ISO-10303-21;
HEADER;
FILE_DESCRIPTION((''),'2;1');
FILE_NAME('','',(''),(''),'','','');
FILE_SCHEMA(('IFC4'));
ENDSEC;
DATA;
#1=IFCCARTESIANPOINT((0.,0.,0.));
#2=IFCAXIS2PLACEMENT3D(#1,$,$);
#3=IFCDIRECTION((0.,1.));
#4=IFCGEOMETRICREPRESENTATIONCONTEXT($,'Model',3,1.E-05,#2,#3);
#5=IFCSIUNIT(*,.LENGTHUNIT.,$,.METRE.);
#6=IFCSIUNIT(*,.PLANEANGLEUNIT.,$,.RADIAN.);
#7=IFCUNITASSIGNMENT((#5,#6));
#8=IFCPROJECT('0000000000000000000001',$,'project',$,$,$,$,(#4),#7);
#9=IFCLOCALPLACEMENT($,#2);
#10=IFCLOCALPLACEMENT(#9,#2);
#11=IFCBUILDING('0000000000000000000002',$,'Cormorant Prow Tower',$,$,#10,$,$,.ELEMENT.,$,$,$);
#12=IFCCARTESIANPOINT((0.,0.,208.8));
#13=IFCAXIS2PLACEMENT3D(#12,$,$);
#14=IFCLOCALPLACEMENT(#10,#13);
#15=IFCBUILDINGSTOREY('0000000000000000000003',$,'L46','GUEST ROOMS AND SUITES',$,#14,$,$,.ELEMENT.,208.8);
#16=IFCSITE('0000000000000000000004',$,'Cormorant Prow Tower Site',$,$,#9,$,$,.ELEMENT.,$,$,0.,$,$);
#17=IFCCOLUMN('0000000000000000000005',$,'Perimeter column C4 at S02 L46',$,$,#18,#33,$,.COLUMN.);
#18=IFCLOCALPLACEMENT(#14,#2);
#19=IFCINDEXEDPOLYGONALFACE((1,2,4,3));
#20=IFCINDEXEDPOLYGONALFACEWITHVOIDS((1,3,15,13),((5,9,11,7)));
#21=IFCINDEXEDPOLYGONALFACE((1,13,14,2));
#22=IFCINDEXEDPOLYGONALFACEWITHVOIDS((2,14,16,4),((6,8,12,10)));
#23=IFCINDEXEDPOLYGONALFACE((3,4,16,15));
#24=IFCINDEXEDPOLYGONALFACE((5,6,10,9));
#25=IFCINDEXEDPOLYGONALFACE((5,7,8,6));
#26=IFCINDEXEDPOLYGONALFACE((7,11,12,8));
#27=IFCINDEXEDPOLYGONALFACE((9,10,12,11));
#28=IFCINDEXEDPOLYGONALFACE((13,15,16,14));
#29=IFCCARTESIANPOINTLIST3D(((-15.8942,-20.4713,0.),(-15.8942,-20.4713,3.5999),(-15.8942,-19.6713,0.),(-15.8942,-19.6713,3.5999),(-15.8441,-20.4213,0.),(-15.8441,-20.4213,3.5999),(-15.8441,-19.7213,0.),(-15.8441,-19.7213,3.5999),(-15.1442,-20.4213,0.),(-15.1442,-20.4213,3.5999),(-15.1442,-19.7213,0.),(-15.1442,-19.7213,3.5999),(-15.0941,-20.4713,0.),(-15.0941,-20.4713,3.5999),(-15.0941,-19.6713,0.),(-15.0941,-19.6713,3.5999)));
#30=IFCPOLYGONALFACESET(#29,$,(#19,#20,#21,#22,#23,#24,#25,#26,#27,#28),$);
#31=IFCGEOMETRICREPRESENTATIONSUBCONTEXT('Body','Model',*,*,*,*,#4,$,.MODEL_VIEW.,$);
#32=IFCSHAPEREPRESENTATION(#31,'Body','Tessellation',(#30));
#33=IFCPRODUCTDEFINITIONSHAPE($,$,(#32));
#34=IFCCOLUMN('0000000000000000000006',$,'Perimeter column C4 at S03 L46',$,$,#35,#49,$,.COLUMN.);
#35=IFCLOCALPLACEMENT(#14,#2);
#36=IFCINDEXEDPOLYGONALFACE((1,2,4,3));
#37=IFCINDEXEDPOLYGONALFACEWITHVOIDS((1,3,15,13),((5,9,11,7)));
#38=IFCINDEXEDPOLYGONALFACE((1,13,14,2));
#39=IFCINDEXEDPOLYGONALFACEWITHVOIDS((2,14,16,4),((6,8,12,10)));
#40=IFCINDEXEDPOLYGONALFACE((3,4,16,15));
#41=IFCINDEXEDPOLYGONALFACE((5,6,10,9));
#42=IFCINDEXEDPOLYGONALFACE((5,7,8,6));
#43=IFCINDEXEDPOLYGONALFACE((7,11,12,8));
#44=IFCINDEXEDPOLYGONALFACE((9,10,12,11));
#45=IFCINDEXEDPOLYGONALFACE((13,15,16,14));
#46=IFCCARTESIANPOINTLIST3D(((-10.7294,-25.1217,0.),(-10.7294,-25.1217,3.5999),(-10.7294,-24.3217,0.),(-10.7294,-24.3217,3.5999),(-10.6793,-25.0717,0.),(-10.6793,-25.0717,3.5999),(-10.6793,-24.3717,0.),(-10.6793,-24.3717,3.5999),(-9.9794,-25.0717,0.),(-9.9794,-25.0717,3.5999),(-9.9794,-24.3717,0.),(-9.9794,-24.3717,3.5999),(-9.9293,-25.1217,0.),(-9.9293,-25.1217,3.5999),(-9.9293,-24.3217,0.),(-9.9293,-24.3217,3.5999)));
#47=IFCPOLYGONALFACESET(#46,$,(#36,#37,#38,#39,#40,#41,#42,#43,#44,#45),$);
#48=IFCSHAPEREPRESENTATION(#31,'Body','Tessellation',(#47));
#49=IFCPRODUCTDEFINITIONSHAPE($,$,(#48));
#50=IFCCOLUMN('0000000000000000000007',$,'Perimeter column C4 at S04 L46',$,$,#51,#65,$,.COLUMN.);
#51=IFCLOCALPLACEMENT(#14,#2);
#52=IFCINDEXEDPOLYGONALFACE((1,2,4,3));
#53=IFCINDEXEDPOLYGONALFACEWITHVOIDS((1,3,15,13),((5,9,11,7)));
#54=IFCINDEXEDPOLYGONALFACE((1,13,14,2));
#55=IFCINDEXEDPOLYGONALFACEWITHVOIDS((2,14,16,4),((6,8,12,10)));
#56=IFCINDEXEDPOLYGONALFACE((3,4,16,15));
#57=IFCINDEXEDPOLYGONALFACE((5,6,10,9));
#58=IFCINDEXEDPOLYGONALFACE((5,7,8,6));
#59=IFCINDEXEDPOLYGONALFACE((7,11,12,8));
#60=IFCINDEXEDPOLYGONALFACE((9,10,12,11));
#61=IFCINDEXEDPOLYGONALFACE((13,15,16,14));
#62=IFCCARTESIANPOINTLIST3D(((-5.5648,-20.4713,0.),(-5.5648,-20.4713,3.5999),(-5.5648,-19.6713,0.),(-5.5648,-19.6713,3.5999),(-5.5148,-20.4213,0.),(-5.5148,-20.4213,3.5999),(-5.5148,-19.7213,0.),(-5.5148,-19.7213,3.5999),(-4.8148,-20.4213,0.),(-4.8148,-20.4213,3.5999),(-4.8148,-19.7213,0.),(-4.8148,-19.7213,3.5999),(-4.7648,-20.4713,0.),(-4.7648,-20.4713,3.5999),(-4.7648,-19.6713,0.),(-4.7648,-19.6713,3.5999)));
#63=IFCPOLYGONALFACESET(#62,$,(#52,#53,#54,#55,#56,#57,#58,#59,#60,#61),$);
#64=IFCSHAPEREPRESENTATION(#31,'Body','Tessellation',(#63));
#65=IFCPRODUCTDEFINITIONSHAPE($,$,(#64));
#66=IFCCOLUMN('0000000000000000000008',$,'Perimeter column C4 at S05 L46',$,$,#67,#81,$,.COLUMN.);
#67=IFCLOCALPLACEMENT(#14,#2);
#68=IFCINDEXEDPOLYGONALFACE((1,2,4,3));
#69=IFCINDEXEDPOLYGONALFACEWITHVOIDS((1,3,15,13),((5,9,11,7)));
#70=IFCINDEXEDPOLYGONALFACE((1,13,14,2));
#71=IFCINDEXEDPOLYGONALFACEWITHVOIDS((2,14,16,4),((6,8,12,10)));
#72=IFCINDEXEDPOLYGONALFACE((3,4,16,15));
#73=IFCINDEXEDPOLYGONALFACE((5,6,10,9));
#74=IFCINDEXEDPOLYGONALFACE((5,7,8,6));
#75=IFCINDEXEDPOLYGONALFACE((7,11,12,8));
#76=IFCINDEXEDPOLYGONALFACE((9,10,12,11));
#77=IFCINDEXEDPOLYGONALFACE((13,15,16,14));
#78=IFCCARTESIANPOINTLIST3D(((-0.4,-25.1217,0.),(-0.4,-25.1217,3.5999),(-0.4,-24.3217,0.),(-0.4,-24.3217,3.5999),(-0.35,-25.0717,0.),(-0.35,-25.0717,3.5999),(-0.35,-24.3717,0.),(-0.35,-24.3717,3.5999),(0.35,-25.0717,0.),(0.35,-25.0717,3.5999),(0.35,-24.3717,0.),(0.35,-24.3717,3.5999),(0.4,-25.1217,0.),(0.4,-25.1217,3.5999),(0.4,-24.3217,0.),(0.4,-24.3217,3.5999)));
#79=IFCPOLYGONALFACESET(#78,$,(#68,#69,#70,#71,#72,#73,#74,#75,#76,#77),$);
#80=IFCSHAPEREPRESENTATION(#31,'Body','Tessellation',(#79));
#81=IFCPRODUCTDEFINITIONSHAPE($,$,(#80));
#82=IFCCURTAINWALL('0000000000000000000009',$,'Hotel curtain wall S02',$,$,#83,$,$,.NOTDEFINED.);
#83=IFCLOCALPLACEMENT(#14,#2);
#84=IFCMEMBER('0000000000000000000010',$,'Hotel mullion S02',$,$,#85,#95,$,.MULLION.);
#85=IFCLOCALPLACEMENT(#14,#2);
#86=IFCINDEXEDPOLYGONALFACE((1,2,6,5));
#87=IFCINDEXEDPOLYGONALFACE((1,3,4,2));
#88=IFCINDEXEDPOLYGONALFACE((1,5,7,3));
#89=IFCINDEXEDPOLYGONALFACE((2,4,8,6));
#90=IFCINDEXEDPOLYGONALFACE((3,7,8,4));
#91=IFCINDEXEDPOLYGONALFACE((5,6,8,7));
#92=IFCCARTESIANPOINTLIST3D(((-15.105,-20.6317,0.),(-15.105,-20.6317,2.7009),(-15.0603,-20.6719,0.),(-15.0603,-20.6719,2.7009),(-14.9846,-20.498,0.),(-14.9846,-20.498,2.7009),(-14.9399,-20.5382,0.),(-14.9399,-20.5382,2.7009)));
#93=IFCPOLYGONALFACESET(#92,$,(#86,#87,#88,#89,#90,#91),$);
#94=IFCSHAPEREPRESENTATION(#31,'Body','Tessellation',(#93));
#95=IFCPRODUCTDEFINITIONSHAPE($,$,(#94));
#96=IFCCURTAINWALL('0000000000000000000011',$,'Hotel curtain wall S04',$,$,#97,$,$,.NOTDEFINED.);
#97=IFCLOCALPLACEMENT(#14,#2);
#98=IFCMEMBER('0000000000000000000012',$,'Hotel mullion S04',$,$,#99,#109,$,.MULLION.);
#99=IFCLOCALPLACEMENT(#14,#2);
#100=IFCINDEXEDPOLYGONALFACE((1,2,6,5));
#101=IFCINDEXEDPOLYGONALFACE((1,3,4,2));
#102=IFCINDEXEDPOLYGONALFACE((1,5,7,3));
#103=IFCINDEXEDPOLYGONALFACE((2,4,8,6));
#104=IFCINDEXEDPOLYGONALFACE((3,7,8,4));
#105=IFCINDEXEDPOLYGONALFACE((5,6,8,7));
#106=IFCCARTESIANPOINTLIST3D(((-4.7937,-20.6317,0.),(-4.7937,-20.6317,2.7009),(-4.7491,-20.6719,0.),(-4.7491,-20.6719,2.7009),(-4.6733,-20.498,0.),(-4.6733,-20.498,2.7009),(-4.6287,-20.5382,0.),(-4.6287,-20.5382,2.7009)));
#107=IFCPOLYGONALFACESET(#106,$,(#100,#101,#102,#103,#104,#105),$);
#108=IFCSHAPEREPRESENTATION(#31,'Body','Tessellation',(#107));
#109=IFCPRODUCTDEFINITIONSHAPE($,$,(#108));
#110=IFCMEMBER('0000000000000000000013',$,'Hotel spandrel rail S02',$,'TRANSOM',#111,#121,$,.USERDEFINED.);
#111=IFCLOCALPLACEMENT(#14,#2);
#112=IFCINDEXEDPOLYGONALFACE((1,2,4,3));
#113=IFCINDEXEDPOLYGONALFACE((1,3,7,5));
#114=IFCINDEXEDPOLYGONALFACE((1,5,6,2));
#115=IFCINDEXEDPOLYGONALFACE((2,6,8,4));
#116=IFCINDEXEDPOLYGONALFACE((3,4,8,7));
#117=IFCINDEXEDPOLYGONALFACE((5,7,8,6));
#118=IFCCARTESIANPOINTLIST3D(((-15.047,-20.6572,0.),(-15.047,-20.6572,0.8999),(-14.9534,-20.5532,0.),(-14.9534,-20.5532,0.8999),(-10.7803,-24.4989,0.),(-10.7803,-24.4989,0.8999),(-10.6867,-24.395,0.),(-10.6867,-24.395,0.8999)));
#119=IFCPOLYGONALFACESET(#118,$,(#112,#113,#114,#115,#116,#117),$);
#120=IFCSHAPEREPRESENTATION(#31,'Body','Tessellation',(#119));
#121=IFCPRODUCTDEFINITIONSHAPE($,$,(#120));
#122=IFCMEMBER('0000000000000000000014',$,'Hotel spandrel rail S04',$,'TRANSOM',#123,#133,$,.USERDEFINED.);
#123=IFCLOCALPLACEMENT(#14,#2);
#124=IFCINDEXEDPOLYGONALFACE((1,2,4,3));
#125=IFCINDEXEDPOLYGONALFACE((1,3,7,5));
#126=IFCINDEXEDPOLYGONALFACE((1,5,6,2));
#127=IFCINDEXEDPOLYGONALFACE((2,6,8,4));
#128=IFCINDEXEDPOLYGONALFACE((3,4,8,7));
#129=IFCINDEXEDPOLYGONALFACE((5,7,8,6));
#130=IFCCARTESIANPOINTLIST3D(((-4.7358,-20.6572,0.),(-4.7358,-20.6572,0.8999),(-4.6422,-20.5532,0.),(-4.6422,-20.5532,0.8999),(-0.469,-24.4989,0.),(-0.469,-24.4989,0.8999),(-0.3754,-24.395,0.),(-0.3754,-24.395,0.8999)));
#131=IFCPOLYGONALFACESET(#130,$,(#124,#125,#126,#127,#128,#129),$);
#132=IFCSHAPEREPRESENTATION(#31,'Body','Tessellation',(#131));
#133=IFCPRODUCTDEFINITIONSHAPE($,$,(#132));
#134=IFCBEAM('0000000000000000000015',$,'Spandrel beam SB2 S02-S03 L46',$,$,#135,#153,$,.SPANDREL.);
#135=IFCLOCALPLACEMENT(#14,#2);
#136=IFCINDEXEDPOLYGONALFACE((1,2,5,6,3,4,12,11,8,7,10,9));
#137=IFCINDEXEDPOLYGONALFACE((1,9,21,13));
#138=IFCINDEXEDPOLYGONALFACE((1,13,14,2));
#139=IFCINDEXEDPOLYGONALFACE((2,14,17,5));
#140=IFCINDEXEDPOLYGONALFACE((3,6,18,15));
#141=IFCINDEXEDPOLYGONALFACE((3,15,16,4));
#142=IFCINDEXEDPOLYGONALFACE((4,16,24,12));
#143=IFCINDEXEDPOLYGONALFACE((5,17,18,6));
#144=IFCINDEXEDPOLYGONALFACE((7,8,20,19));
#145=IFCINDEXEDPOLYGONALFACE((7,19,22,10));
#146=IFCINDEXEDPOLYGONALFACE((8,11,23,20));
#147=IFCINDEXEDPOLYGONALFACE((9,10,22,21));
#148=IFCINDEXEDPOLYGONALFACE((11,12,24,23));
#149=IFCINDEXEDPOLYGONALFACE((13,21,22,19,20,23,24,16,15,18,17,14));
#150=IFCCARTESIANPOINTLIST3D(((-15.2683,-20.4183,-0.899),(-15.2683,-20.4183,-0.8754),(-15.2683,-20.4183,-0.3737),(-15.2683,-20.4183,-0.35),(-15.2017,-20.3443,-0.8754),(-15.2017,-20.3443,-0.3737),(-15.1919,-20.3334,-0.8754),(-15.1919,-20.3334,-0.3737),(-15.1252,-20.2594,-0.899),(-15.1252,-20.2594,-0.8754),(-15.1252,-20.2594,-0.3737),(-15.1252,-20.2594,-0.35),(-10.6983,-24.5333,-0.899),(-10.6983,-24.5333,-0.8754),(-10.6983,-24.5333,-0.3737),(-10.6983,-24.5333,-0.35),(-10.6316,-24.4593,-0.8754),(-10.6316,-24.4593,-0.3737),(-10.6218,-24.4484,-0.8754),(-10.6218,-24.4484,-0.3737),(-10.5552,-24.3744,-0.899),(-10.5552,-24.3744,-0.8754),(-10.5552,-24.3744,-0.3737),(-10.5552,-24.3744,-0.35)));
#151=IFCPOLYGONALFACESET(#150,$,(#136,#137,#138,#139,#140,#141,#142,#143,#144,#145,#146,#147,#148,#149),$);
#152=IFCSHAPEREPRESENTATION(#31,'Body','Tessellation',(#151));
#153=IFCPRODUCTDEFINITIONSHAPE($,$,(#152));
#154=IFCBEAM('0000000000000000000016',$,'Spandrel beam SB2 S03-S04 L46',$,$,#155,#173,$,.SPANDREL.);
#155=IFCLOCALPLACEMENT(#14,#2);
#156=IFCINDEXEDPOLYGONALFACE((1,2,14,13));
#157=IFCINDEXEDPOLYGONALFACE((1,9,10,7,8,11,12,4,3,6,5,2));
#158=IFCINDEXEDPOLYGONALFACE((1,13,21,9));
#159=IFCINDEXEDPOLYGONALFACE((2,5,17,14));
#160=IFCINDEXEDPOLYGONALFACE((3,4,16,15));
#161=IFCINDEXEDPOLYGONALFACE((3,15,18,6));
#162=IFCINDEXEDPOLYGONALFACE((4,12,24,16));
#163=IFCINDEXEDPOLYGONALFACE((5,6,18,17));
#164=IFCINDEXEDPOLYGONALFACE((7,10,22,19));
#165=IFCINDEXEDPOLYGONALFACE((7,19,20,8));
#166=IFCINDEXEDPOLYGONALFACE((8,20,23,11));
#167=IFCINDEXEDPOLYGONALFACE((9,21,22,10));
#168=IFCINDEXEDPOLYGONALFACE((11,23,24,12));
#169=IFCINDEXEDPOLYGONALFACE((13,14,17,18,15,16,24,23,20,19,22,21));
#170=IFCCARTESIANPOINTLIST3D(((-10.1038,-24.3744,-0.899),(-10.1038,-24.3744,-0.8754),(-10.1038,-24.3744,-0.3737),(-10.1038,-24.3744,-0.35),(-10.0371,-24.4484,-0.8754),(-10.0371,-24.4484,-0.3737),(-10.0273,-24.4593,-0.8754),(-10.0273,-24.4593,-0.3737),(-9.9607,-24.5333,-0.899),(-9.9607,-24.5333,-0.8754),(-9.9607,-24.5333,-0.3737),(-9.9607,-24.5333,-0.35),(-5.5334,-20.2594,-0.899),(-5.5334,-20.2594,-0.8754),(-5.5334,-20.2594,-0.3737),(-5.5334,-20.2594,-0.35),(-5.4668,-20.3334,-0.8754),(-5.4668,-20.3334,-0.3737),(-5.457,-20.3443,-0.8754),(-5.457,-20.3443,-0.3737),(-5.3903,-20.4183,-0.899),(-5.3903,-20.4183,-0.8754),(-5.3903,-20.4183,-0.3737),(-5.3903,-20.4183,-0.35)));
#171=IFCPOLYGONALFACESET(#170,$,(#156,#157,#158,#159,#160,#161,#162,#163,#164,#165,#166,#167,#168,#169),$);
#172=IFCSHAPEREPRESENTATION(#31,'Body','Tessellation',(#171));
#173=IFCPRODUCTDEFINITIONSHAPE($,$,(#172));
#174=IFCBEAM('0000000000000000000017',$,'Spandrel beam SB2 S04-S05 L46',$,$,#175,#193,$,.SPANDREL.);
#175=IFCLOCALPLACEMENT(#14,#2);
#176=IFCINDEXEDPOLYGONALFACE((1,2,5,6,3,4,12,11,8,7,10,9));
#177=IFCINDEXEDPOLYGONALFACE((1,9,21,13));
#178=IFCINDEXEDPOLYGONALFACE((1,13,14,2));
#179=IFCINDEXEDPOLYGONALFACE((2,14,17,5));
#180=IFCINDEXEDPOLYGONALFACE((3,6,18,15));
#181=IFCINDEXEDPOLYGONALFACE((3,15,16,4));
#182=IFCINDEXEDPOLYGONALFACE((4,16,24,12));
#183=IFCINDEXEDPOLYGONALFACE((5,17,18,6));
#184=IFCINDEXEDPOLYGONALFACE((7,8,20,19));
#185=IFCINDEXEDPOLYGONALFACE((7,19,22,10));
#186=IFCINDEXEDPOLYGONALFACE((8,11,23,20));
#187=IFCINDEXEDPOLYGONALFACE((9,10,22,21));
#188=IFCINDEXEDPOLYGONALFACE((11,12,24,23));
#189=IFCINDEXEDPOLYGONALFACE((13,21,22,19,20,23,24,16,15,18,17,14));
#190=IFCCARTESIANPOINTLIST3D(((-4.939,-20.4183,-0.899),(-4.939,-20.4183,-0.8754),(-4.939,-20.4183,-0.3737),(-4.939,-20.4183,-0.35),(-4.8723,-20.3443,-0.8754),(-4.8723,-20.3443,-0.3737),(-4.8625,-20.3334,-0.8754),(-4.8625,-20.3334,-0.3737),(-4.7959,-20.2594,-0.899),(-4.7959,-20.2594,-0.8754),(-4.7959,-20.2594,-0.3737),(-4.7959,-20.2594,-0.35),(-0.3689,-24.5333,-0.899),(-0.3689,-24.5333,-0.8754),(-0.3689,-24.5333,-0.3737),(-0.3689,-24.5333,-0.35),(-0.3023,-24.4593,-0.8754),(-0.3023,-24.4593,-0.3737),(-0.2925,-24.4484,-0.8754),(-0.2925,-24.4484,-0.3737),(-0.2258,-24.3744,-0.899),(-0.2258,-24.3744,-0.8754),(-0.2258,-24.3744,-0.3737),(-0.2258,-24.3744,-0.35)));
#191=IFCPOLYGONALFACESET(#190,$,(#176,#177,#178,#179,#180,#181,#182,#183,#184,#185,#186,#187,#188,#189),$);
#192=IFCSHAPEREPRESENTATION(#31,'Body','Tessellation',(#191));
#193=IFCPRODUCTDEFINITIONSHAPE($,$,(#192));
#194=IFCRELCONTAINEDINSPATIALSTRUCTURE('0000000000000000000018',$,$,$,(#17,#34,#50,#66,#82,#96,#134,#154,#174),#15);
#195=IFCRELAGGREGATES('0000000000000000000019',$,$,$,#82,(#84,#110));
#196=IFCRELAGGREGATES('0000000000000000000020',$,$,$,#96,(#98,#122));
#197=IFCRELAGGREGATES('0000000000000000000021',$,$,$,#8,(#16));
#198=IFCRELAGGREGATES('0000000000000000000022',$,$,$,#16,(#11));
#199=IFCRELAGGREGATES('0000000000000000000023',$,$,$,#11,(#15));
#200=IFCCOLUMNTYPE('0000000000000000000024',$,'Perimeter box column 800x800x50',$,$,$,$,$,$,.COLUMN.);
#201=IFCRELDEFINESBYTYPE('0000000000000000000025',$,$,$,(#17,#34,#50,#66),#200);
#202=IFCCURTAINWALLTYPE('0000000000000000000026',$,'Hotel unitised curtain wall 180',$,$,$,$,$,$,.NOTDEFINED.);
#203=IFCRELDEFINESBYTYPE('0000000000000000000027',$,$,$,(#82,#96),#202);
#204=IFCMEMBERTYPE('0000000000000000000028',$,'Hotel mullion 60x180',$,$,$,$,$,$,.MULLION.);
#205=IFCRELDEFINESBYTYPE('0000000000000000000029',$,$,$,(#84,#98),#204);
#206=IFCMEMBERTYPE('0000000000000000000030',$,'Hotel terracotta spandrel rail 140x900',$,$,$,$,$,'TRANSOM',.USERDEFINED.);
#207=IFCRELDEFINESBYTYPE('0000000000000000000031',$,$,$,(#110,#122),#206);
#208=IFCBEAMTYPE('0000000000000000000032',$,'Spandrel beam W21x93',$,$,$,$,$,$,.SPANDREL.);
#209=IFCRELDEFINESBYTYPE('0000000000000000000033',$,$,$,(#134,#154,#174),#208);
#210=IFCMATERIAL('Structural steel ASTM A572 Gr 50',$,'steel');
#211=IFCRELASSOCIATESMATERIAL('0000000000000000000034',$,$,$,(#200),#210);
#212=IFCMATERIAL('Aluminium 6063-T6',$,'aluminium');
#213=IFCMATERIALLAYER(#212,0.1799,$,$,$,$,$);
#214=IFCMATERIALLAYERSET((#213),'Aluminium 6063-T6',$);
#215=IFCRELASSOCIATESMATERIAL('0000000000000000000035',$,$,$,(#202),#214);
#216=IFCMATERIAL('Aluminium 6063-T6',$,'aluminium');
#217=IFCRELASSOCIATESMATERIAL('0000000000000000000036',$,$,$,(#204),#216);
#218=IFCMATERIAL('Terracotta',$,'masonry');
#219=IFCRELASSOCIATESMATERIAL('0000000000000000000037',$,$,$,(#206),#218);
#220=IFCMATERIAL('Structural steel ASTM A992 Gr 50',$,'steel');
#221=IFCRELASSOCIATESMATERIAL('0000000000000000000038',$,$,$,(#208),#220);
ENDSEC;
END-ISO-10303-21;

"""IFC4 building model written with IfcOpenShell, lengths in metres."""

from ifc_helpers import new_model, si_unit, direction, frame, origin, origin_2d, place, context, subcontext, project, spatial, rectangle, hollow_rectangle, i_section, extrude, material, layer, layer_set, material_profile, profile_set, type_object, element, aggregate, save


model = new_model("IFC4")

# Units and contexts
model_context = context("Model", 3, precision=1e-05, world=origin(), true_north=direction((0.0, 1.0)))
body_context = subcontext(model_context, "Body", "Model", "MODEL_VIEW")
ifc_project = project(units=[si_unit("LENGTHUNIT", "METRE"), si_unit("PLANEANGLEUNIT", "RADIAN")], contexts=[model_context])

# Site, building, storey
site_placement = place(None, origin())
site = spatial("IfcSite", under=ifc_project, at=site_placement, Name="Cormorant Prow Tower Site", CompositionType="ELEMENT", RefElevation=0.0)
building_placement = place(site_placement, origin())
building = spatial("IfcBuilding", under=site, at=building_placement, Name="Cormorant Prow Tower", CompositionType="ELEMENT")
storey_placement = place(building_placement, frame((0.0, 0.0, 208.8)))
storey = spatial("IfcBuildingStorey", under=building, at=storey_placement, Name="L46", Description="GUEST ROOMS AND SUITES", CompositionType="ELEMENT", Elevation=208.8)

# Columns
ifc_material_1 = material(Name="Structural steel ASTM A572 Gr 50", Category="steel")
ifc_material_profile_1 = material_profile(ifc_material_1, hollow_rectangle(XDim=0.8, YDim=0.8, WallThickness=0.05, at=origin_2d()), Name="Box 800x800x50")
ifc_profile_set_1 = profile_set([ifc_material_profile_1], Name="Structural steel ASTM A572 Gr 50")
column_type = type_object("IfcColumnType", Name="Perimeter box column 800x800x50", PredefinedType="COLUMN", material=ifc_profile_set_1)
for number, where, z_axis, x_axis, name in (
    (1, (-15.4941, -20.0713, 0.0), (0.0, 0.0, 1.0), (1.0, 0.0, 0.0), "Perimeter column C4 at S02 L46"),
    (2, (-10.3293, -24.7217, 0.0), (0.0, 0.0, 1.0), (1.0, 0.0, 0.0), "Perimeter column C4 at S03 L46"),
    (3, (-5.1648, -20.0713, 0.0), (0.0, 0.0, 1.0), (1.0, 0.0, 0.0), "Perimeter column C4 at S04 L46"),
    (4, (0.0, -24.7217, 0.0), (0.0, 0.0, 1.0), (1.0, 0.0, 0.0), "Perimeter column C4 at S05 L46"),
):
    element("IfcColumn", number, at=place(storey_placement, frame(where, z_axis=z_axis, x_axis=x_axis)), inside=storey, type_object=column_type, Name=name, PredefinedType="COLUMN", context=body_context, shape_type="SweptSolid", body=[
        extrude(hollow_rectangle(XDim=0.8, YDim=0.8, WallThickness=0.05, at=origin_2d()), origin(), (0.0, 0.0, 1.0), 3.5999),
    ])

# Curtain walls, members
ifc_material_2 = material(Name="Aluminium 6063-T6", Category="aluminium")
ifc_layer_1 = layer(ifc_material_2, 0.1799)
ifc_layer_set_1 = layer_set([ifc_layer_1], Name="Aluminium 6063-T6")
curtain_wall_type = type_object("IfcCurtainWallType", Name="Hotel unitised curtain wall 180", PredefinedType="NOTDEFINED", material=ifc_layer_set_1)
curtain_wall_1_placement = place(storey_placement, origin())
curtain_wall_1 = element("IfcCurtainWall", 5, at=curtain_wall_1_placement, inside=storey, type_object=curtain_wall_type, Name="Hotel curtain wall S02", PredefinedType="NOTDEFINED")
ifc_material_3 = material(Name="Aluminium 6063-T6", Category="aluminium")
ifc_material_profile_2 = material_profile(ifc_material_3, rectangle(XDim=0.1799, YDim=0.0601, at=origin_2d()), Name="Hotel mullion 60x180")
ifc_profile_set_2 = profile_set([ifc_material_profile_2], Name="Aluminium 6063-T6")
member_type_1 = type_object("IfcMemberType", Name="Hotel mullion 60x180", PredefinedType="MULLION", material=ifc_profile_set_2)
member_1_placement = place(storey_placement, frame((-15.0225, -20.585, 0.0), z_axis=(0.0, 0.0, 1.0), x_axis=(0.669131, 0.743145, 0.0)))
member_1 = element("IfcMember", 6, at=member_1_placement, type_object=member_type_1, Name="Hotel mullion S02", PredefinedType="MULLION", context=body_context, shape_type="SweptSolid", body=[
    extrude(rectangle(XDim=0.1799, YDim=0.0601, at=origin_2d()), origin(), (0.0, 0.0, 1.0), 2.7009),
])
curtain_wall_2_placement = place(storey_placement, origin())
curtain_wall_2 = element("IfcCurtainWall", 7, at=curtain_wall_2_placement, inside=storey, type_object=curtain_wall_type, Name="Hotel curtain wall S04", PredefinedType="NOTDEFINED")
member_2_placement = place(storey_placement, frame((-4.7112, -20.585, 0.0), z_axis=(0.0, 0.0, 1.0), x_axis=(0.669131, 0.743145, 0.0)))
member_2 = element("IfcMember", 8, at=member_2_placement, type_object=member_type_1, Name="Hotel mullion S04", PredefinedType="MULLION", context=body_context, shape_type="SweptSolid", body=[
    extrude(rectangle(XDim=0.1799, YDim=0.0601, at=origin_2d()), origin(), (0.0, 0.0, 1.0), 2.7009),
])

# Members
ifc_material_4 = material(Name="Terracotta", Category="masonry")
ifc_material_profile_3 = material_profile(ifc_material_4, rectangle(XDim=0.1399, YDim=0.8999, at=origin_2d()), Name="Hotel terracotta spandrel rail 140x900")
ifc_profile_set_3 = profile_set([ifc_material_profile_3], Name="Terracotta")
member_type_2 = type_object("IfcMemberType", Name="Hotel terracotta spandrel rail 140x900", ElementType="TRANSOM", PredefinedType="USERDEFINED", material=ifc_profile_set_3)
member_3_placement = place(storey_placement, frame((-15.0002, -20.6052, 0.45), z_axis=(0.743152, -0.669122, 0.0), x_axis=(0.669122, 0.743152, 0.0)))
member_3 = element("IfcMember", 9, at=member_3_placement, type_object=member_type_2, Name="Hotel spandrel rail S02", ObjectType="TRANSOM", PredefinedType="USERDEFINED", context=body_context, shape_type="SweptSolid", body=[
    extrude(rectangle(XDim=0.1399, YDim=0.8999, at=origin_2d()), origin(), (0.0, 0.0, 1.0), 5.7415),
])
member_4_placement = place(storey_placement, frame((-4.689, -20.6052, 0.45), z_axis=(0.743152, -0.669122, 0.0), x_axis=(0.669122, 0.743152, 0.0)))
member_4 = element("IfcMember", 10, at=member_4_placement, type_object=member_type_2, Name="Hotel spandrel rail S04", ObjectType="TRANSOM", PredefinedType="USERDEFINED", context=body_context, shape_type="SweptSolid", body=[
    extrude(rectangle(XDim=0.1399, YDim=0.8999, at=origin_2d()), origin(), (0.0, 0.0, 1.0), 5.7415),
])

# Beams
ifc_material_5 = material(Name="Structural steel ASTM A992 Gr 50", Category="steel")
ifc_material_profile_4 = material_profile(ifc_material_5, i_section(OverallWidth=0.2139, OverallDepth=0.5491, WebThickness=0.0146, FlangeThickness=0.0237, at=origin_2d()), Name="W21x93")
ifc_profile_set_4 = profile_set([ifc_material_profile_4], Name="Structural steel ASTM A992 Gr 50")
beam_type = type_object("IfcBeamType", Name="Spandrel beam W21x93", PredefinedType="SPANDREL", material=ifc_profile_set_4)
beam_1_placement = place(storey_placement, frame((-15.1968, -20.3389, -0.6245), z_axis=(0.743138, -0.669138, 0.0), x_axis=(0.669138, 0.743138, 0.0)))
element("IfcBeam", 11, at=beam_1_placement, inside=storey, type_object=beam_type, Name="Spandrel beam SB2 S02-S03 L46", PredefinedType="SPANDREL", context=body_context, shape_type="SweptSolid", body=[
    extrude(i_section(OverallWidth=0.2139, OverallDepth=0.5491, WebThickness=0.0146, FlangeThickness=0.0237, at=origin_2d()), origin(), (0.0, 0.0, 1.0), 6.1497),
])
beam_2_placement = place(storey_placement, frame((-10.0322, -24.4539, -0.6245), z_axis=(0.743156, 0.669118, 0.0), x_axis=(-0.669118, 0.743156, 0.0)))
element("IfcBeam", 12, at=beam_2_placement, inside=storey, type_object=beam_type, Name="Spandrel beam SB2 S03-S04 L46", PredefinedType="SPANDREL", context=body_context, shape_type="SweptSolid", body=[
    extrude(i_section(OverallWidth=0.2139, OverallDepth=0.5491, WebThickness=0.0146, FlangeThickness=0.0237, at=origin_2d()), origin(), (0.0, 0.0, 1.0), 6.1499),
])
beam_3_placement = place(storey_placement, frame((-4.8674, -20.3389, -0.6245), z_axis=(0.743138, -0.669138, 0.0), x_axis=(0.669138, 0.743138, 0.0)))
element("IfcBeam", 13, at=beam_3_placement, inside=storey, type_object=beam_type, Name="Spandrel beam SB2 S04-S05 L46", PredefinedType="SPANDREL", context=body_context, shape_type="SweptSolid", body=[
    extrude(i_section(OverallWidth=0.2139, OverallDepth=0.5491, WebThickness=0.0146, FlangeThickness=0.0237, at=origin_2d()), origin(), (0.0, 0.0, 1.0), 6.1497),
])

aggregate(curtain_wall_1, [member_1, member_3])
aggregate(curtain_wall_2, [member_2, member_4])

save(model, "model.ifc")
